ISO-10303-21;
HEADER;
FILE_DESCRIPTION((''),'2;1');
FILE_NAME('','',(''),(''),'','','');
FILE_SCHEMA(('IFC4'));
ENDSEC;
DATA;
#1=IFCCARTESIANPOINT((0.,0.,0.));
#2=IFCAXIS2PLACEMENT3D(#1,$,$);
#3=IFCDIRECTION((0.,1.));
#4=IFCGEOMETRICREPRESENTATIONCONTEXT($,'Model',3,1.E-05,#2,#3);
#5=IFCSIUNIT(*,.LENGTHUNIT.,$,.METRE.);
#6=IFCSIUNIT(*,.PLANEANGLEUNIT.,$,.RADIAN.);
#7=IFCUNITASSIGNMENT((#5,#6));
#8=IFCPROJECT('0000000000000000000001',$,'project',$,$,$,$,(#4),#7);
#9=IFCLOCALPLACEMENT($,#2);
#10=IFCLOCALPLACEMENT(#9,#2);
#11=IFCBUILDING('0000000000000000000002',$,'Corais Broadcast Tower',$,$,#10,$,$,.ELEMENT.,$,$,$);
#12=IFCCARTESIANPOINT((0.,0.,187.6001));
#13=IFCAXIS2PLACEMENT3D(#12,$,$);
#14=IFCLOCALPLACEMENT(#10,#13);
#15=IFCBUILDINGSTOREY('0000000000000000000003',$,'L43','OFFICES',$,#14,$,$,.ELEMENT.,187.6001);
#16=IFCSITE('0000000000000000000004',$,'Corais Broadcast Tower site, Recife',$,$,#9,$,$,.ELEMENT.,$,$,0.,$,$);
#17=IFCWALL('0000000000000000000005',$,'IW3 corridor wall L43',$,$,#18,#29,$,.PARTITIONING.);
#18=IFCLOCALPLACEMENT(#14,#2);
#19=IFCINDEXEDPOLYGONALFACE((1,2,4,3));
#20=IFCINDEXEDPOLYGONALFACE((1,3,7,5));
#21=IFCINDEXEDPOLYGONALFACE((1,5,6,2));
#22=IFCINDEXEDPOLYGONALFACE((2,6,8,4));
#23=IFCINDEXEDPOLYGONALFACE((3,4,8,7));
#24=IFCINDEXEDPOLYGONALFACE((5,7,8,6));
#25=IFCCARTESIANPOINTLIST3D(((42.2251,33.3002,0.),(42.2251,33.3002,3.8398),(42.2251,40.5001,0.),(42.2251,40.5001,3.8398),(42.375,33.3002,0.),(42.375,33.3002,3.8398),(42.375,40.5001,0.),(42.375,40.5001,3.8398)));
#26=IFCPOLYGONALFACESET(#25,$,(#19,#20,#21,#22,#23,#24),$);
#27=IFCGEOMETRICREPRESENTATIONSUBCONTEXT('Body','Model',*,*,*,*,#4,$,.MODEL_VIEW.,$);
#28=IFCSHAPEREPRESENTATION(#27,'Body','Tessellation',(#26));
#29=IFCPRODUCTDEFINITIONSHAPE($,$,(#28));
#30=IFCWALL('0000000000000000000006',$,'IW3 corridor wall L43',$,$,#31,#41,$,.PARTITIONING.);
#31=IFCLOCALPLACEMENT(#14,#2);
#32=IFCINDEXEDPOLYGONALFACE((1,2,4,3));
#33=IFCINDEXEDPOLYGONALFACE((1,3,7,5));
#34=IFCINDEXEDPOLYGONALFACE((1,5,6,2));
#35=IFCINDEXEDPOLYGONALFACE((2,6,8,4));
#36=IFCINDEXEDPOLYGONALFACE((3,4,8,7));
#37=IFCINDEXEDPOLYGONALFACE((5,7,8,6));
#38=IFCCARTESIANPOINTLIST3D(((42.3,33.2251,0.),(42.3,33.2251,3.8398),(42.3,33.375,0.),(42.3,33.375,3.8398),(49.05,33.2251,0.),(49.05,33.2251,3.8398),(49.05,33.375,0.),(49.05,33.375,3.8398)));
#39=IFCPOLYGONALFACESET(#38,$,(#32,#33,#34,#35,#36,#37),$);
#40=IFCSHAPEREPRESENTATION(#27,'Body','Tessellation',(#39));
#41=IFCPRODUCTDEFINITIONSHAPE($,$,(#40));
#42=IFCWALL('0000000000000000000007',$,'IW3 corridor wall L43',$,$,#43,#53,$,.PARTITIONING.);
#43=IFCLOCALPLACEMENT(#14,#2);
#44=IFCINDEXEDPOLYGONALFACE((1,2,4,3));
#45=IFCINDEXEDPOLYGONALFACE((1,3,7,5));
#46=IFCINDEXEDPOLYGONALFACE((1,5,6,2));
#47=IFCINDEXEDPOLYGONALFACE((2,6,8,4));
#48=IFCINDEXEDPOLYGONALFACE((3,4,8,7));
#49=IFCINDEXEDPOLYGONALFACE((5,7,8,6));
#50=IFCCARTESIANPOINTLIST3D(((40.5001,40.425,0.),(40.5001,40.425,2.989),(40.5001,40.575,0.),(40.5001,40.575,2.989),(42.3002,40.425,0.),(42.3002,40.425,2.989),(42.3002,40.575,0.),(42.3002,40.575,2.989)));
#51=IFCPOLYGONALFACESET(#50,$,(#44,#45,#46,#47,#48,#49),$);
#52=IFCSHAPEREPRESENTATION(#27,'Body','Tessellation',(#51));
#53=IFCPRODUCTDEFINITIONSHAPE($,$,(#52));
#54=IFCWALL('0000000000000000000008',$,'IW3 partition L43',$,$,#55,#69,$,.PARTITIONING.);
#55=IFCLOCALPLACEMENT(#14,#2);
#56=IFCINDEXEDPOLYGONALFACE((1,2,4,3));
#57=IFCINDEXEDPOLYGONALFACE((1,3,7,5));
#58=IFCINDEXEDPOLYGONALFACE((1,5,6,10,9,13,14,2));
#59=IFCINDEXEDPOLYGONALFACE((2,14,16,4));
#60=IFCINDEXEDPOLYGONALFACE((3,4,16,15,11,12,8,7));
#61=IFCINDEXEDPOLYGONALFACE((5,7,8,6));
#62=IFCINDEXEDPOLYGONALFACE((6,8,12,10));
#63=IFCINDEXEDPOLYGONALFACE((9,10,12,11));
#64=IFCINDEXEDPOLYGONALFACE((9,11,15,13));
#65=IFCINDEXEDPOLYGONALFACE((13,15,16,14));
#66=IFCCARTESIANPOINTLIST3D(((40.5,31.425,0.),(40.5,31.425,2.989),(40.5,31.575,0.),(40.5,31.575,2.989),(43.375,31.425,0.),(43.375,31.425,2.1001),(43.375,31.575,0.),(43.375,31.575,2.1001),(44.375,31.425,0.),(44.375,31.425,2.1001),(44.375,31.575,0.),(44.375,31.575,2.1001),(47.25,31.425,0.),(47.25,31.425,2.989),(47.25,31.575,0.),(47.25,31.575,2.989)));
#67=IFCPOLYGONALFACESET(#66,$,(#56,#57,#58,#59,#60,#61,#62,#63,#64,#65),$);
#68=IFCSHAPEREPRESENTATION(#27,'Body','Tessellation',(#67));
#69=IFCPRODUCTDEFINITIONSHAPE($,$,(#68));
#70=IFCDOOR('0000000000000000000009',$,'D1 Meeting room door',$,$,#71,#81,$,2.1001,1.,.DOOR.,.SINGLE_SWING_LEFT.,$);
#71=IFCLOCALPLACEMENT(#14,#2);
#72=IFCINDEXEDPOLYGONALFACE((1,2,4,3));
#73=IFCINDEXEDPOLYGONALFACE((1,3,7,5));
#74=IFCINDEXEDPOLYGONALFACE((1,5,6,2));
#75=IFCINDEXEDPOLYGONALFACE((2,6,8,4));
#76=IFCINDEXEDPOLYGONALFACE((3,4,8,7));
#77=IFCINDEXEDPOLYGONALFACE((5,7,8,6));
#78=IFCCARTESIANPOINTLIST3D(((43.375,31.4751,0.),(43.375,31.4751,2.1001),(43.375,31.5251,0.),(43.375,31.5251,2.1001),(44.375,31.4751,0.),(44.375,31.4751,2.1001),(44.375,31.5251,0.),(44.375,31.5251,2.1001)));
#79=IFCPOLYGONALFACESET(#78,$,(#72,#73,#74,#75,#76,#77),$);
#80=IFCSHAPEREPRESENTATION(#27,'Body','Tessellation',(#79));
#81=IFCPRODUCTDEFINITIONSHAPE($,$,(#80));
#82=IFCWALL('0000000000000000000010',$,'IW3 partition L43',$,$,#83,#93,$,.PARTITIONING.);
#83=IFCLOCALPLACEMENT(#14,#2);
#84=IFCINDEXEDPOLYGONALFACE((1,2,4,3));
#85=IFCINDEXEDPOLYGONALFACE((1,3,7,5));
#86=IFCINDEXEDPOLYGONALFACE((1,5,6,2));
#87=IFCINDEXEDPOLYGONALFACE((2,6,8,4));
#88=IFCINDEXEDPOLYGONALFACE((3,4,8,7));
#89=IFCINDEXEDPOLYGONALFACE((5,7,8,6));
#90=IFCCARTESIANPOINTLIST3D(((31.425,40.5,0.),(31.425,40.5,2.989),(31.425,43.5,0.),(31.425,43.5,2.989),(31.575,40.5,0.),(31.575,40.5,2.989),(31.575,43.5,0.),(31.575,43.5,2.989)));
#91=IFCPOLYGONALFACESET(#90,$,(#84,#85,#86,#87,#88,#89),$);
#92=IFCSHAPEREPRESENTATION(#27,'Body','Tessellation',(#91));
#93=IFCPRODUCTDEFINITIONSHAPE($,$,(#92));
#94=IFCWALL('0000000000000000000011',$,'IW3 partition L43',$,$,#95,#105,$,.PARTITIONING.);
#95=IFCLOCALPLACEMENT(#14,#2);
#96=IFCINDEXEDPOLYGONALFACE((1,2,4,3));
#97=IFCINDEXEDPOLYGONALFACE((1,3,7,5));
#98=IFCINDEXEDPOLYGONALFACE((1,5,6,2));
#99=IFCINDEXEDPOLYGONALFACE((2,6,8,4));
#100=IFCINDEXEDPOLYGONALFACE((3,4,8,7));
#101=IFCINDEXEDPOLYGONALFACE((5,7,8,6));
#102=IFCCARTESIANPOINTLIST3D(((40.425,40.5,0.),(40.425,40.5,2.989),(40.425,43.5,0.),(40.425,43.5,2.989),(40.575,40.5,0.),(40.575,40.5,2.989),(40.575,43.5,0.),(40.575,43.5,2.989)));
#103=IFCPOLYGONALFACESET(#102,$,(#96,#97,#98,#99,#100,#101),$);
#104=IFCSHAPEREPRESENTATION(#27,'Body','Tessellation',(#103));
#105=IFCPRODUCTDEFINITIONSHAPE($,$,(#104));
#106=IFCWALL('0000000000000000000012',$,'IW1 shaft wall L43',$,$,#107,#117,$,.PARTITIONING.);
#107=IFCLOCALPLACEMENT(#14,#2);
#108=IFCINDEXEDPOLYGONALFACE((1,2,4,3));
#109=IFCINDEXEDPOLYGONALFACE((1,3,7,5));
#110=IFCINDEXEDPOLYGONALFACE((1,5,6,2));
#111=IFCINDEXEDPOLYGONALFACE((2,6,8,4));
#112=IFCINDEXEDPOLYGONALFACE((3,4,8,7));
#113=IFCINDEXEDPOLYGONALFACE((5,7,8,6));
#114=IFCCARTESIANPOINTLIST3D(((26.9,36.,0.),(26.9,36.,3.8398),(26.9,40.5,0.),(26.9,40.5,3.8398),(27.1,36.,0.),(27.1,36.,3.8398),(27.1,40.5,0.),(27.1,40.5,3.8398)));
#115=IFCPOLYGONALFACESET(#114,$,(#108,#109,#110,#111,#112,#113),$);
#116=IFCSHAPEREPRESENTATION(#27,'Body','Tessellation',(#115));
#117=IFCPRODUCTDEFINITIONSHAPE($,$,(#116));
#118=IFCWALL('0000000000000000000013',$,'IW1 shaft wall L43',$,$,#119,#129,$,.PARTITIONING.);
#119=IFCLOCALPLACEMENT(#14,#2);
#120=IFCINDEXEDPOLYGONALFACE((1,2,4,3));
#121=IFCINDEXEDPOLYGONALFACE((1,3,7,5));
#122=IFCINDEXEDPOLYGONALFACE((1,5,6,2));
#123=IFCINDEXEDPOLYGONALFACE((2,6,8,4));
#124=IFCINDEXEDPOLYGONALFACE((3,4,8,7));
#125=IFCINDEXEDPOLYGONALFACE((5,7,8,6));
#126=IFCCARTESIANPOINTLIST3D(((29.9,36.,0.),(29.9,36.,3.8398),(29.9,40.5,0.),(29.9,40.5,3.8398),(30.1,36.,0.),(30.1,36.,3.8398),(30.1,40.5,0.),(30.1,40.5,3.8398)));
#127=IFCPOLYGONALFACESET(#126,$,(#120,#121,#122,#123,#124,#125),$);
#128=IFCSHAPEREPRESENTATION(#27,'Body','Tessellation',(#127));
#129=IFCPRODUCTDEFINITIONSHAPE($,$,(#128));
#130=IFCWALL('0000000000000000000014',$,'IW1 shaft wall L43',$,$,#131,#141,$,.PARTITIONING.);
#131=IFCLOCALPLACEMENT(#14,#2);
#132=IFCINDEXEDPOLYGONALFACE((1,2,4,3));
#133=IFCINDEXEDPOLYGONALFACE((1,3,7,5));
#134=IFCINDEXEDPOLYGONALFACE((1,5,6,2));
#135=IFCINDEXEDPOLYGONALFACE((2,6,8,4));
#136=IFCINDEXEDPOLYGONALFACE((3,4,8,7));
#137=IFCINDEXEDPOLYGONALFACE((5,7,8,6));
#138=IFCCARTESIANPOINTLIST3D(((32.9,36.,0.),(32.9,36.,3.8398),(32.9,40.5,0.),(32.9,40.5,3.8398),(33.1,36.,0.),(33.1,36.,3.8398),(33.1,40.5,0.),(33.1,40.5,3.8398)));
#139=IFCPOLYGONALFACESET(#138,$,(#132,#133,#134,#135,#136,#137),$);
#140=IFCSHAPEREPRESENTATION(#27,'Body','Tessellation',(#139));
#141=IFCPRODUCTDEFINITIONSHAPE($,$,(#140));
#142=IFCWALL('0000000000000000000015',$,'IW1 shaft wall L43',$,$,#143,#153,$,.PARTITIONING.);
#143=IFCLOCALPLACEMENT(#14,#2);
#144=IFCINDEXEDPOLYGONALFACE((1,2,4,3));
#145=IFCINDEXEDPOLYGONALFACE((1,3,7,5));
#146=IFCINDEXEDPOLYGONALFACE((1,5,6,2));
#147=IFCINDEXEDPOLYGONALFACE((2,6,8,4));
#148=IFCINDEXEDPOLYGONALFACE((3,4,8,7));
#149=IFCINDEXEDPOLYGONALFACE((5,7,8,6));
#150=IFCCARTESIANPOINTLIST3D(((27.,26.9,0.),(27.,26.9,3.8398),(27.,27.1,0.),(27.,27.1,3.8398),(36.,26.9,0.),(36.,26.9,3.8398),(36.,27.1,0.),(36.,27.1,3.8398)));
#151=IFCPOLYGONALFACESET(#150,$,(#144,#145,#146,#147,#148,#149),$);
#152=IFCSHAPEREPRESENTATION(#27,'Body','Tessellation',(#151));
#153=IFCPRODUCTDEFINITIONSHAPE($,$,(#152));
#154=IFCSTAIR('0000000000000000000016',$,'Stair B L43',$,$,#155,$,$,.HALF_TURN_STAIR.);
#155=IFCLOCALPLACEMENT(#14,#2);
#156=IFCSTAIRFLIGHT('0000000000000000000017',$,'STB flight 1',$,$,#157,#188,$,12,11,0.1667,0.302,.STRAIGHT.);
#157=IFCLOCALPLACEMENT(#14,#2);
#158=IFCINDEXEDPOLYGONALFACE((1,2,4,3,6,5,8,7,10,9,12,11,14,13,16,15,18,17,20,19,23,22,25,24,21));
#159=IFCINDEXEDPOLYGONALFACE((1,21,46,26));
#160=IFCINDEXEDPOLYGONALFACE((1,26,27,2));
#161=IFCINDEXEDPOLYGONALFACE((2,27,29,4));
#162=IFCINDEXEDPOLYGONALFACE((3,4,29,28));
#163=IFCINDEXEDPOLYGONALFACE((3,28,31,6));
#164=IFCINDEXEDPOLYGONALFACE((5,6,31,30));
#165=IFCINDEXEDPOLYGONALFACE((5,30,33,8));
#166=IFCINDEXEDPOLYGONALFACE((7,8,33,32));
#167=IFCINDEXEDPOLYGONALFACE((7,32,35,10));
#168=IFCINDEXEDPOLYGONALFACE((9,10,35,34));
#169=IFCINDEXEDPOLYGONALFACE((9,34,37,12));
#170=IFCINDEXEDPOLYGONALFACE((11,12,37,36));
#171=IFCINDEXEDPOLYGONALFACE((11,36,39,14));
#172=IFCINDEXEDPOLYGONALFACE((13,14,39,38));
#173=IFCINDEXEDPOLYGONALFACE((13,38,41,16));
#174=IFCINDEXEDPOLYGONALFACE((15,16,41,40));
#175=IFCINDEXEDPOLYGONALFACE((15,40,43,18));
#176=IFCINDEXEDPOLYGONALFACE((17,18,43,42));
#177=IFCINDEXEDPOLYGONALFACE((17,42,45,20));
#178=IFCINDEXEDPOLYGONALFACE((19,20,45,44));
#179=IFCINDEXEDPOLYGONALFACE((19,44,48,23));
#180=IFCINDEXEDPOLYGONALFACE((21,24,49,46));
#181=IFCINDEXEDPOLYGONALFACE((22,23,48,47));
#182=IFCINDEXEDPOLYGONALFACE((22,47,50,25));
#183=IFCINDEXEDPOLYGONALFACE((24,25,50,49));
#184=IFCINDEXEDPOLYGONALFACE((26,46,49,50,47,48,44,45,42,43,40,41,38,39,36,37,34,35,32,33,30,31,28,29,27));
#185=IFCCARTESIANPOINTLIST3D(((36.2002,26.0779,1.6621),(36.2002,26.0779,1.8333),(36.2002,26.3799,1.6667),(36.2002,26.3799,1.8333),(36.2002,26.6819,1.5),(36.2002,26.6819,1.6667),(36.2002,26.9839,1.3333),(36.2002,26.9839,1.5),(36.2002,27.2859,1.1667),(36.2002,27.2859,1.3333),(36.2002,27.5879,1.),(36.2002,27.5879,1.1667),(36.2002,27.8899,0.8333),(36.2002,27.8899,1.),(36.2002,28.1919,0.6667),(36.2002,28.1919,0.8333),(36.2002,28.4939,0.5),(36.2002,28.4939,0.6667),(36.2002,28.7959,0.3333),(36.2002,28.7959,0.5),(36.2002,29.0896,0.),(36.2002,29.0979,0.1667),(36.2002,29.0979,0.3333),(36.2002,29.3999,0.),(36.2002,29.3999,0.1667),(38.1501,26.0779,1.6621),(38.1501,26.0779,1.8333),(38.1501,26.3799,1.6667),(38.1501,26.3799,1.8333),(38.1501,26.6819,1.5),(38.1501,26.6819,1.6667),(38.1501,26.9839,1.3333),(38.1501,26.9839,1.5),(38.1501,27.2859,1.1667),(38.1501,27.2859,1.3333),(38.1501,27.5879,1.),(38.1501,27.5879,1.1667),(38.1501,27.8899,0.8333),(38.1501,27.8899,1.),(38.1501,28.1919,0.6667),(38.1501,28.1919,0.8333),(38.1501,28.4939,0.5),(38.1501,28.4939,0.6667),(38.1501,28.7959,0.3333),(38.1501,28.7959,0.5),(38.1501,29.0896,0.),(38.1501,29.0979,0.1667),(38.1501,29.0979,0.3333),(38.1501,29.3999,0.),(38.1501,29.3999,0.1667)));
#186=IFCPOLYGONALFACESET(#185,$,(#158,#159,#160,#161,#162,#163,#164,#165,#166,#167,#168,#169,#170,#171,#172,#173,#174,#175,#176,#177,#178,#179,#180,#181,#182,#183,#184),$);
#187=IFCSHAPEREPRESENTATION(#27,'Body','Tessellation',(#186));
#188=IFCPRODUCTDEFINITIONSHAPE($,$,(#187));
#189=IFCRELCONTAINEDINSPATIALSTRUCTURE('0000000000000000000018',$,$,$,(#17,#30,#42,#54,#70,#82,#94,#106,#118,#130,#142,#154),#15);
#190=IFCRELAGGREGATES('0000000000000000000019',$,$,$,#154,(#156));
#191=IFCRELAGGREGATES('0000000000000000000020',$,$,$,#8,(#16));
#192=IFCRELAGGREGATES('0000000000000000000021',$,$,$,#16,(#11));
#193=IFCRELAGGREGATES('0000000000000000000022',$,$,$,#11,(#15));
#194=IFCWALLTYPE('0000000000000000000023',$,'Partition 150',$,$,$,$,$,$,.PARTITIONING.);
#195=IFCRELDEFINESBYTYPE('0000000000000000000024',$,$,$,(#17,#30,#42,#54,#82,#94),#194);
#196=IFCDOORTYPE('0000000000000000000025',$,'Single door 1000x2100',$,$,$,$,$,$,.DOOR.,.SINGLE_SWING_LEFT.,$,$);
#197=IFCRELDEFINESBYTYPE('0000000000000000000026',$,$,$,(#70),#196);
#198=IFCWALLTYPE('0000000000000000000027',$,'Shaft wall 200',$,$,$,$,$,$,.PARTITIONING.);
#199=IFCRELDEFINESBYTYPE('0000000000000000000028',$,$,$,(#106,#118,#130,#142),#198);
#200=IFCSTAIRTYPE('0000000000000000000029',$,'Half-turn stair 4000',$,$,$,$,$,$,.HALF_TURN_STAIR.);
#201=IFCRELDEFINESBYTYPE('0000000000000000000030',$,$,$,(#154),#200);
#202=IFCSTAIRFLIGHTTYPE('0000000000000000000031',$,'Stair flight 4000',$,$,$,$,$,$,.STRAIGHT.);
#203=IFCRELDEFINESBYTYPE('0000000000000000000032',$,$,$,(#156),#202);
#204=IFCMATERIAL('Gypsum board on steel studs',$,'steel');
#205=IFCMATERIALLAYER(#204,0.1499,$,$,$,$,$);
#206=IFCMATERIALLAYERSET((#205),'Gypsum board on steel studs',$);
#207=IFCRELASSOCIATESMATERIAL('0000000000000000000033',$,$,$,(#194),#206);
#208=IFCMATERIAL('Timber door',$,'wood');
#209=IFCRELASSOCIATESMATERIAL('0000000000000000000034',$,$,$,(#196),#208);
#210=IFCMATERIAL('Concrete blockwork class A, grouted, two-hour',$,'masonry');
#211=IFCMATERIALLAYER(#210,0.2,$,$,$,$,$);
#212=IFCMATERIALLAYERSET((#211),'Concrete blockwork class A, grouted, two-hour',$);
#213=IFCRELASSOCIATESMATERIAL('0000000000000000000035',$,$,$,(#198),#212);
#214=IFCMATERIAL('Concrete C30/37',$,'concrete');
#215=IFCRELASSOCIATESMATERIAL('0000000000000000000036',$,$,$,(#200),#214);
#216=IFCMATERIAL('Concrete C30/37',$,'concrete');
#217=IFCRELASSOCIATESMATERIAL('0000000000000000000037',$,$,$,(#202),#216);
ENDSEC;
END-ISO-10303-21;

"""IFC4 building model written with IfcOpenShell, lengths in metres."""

from ifc_helpers import new_model, si_unit, direction, frame, frame_2d, origin, place, context, subcontext, project, spatial, polyline, rectangle, outline, extrude, material, layer, layer_set, type_object, element, fill, aggregate, save


model = new_model("IFC4")

# Units and contexts
model_context = context("Model", 3, precision=1e-05, world=origin(), true_north=direction((0.0, 1.0)))
body_context = subcontext(model_context, "Body", "Model", "MODEL_VIEW")
ifc_project = project(units=[si_unit("LENGTHUNIT", "METRE"), si_unit("PLANEANGLEUNIT", "RADIAN")], contexts=[model_context])

# Site, building, storey
site_placement = place(None, origin())
site = spatial("IfcSite", under=ifc_project, at=site_placement, Name="Corais Broadcast Tower site, Recife", CompositionType="ELEMENT", RefElevation=0.0)
building_placement = place(site_placement, origin())
building = spatial("IfcBuilding", under=site, at=building_placement, Name="Corais Broadcast Tower", CompositionType="ELEMENT")
storey_placement = place(building_placement, frame((0.0, 0.0, 187.6001)))
storey = spatial("IfcBuildingStorey", under=building, at=storey_placement, Name="L43", Description="OFFICES", CompositionType="ELEMENT", Elevation=187.6001)

# Walls
ifc_material_1 = material(Name="Gypsum board on steel studs", Category="steel")
ifc_layer_1 = layer(ifc_material_1, 0.1499)
ifc_layer_set_1 = layer_set([ifc_layer_1], Name="Gypsum board on steel studs")
wall_type_1 = type_object("IfcWallType", Name="Partition 150", PredefinedType="PARTITIONING", material=ifc_layer_set_1)
wall_1_placement = place(storey_placement, frame((42.3, 33.3, 0.0), z_axis=(0.0, 0.0, 1.0), x_axis=(0.0, 1.0, 0.0)))
element("IfcWall", 1, at=wall_1_placement, inside=storey, type_object=wall_type_1, Name="IW3 corridor wall L43", PredefinedType="PARTITIONING", context=body_context, shape_type="SweptSolid", body=[
    extrude(rectangle(XDim=7.2, YDim=0.1499, at=frame_2d((3.6001, 0.0))), origin(), (0.0, 0.0, 1.0), 3.8398),
])
wall_2_placement = place(storey_placement, frame((49.05, 33.3, 0.0), z_axis=(0.0, 0.0, 1.0), x_axis=(-1.0, 0.0, 0.0)))
element("IfcWall", 2, at=wall_2_placement, inside=storey, type_object=wall_type_1, Name="IW3 corridor wall L43", PredefinedType="PARTITIONING", context=body_context, shape_type="SweptSolid", body=[
    extrude(rectangle(XDim=6.75, YDim=0.1499, at=frame_2d((3.375, 0.0))), origin(), (0.0, 0.0, 1.0), 3.8398),
])
wall_3_placement = place(storey_placement, frame((42.3, 40.5, 0.0), z_axis=(0.0, 0.0, 1.0), x_axis=(-1.0, 0.0, 0.0)))
element("IfcWall", 3, at=wall_3_placement, inside=storey, type_object=wall_type_1, Name="IW3 corridor wall L43", PredefinedType="PARTITIONING", context=body_context, shape_type="SweptSolid", body=[
    extrude(rectangle(XDim=1.8, YDim=0.1499, at=frame_2d((0.8999, 0.0))), origin(), (0.0, 0.0, 1.0), 2.989),
])

# Wall, opening, door
wall_4_placement = place(storey_placement, frame((47.25, 31.5, 0.0), z_axis=(0.0, 0.0, 1.0), x_axis=(-1.0, 0.0, 0.0)))
wall_4 = element("IfcWall", 4, at=wall_4_placement, inside=storey, type_object=wall_type_1, Name="IW3 partition L43", PredefinedType="PARTITIONING", context=body_context, shape_type="SweptSolid", body=[
    extrude(rectangle(XDim=6.75, YDim=0.1499, at=frame_2d((3.375, 0.0))), origin(), (0.0, 0.0, 1.0), 2.989),
])
opening_placement = place(wall_4_placement, frame((2.875, 0.0, 0.0)))
opening = element("IfcOpeningElement", 5, at=opening_placement, cuts=wall_4, PredefinedType="OPENING", context=body_context, shape_type="SweptSolid", body=[
    extrude(rectangle(XDim=1.0, YDim=2.1001, at=frame_2d((0.5, 1.05))), frame((0.0, 0.085, 0.0), z_axis=(0.0, -1.0, 0.0), x_axis=(1.0, 0.0, 0.0)), (0.0, 0.0, 1.0), 0.1699),
])
ifc_material_2 = material(Name="Timber door", Category="wood")
door_type = type_object("IfcDoorType", Name="Single door 1000x2100", OperationType="SINGLE_SWING_LEFT", PredefinedType="DOOR", material=ifc_material_2)
door_placement = place(opening_placement, origin())
door = element("IfcDoor", 6, at=door_placement, inside=storey, type_object=door_type, Name="D1 Meeting room door", OperationType="SINGLE_SWING_LEFT", OverallHeight=2.1001, OverallWidth=1.0, PredefinedType="DOOR", context=body_context, shape_type="SweptSolid", body=[
    extrude(rectangle(XDim=1.0, YDim=2.1001, at=frame_2d((0.5, 1.05))), frame((0.0, 0.0249, 0.0), z_axis=(0.0, -1.0, 0.0), x_axis=(1.0, 0.0, 0.0)), (0.0, 0.0, 1.0), 0.05),
])
fill(opening, door)

# Walls
for number, where, z_axis, x_axis, name in (
    (7, (31.5, 40.5, 0.0), (0.0, 0.0, 1.0), (0.0, 1.0, 0.0), "IW3 partition L43"),
    (8, (40.5, 40.5, 0.0), (0.0, 0.0, 1.0), (0.0, 1.0, 0.0), "IW3 partition L43"),
):
    element("IfcWall", number, at=place(storey_placement, frame(where, z_axis=z_axis, x_axis=x_axis)), inside=storey, type_object=wall_type_1, Name=name, PredefinedType="PARTITIONING", context=body_context, shape_type="SweptSolid", body=[
        extrude(rectangle(XDim=3.0, YDim=0.1499, at=frame_2d((1.5, 0.0))), origin(), (0.0, 0.0, 1.0), 2.989),
    ])
ifc_material_3 = material(Name="Concrete blockwork class A, grouted, two-hour", Category="masonry")
ifc_layer_2 = layer(ifc_material_3, 0.2)
ifc_layer_set_2 = layer_set([ifc_layer_2], Name="Concrete blockwork class A, grouted, two-hour")
wall_type_2 = type_object("IfcWallType", Name="Shaft wall 200", PredefinedType="PARTITIONING", material=ifc_layer_set_2)
for number, where, z_axis, x_axis, name in (
    (9, (27.0, 36.0, 0.0), (0.0, 0.0, 1.0), (0.0, 1.0, 0.0), "IW1 shaft wall L43"),
    (10, (30.0, 36.0, 0.0), (0.0, 0.0, 1.0), (0.0, 1.0, 0.0), "IW1 shaft wall L43"),
    (11, (33.0, 36.0, 0.0), (0.0, 0.0, 1.0), (0.0, 1.0, 0.0), "IW1 shaft wall L43"),
):
    element("IfcWall", number, at=place(storey_placement, frame(where, z_axis=z_axis, x_axis=x_axis)), inside=storey, type_object=wall_type_2, Name=name, PredefinedType="PARTITIONING", context=body_context, shape_type="SweptSolid", body=[
        extrude(rectangle(XDim=4.5, YDim=0.2, at=frame_2d((2.25, 0.0))), origin(), (0.0, 0.0, 1.0), 3.8398),
    ])
wall_5_placement = place(storey_placement, frame((27.0, 27.0, 0.0), z_axis=(0.0, 0.0, 1.0), x_axis=(1.0, 0.0, 0.0)))
element("IfcWall", 12, at=wall_5_placement, inside=storey, type_object=wall_type_2, Name="IW1 shaft wall L43", PredefinedType="PARTITIONING", context=body_context, shape_type="SweptSolid", body=[
    extrude(rectangle(XDim=9.0, YDim=0.2, at=frame_2d((4.5, 0.0))), origin(), (0.0, 0.0, 1.0), 3.8398),
])

# Stair, stair flight
ifc_material_4 = material(Name="Concrete C30/37", Category="concrete")
stair_type = type_object("IfcStairType", Name="Half-turn stair 4000", PredefinedType="HALF_TURN_STAIR", material=ifc_material_4)
stair_placement = place(storey_placement, origin())
stair = element("IfcStair", 13, at=stair_placement, inside=storey, type_object=stair_type, Name="Stair B L43", PredefinedType="HALF_TURN_STAIR")
ifc_material_5 = material(Name="Concrete C30/37", Category="concrete")
stair_flight_type = type_object("IfcStairFlightType", Name="Stair flight 4000", PredefinedType="STRAIGHT", material=ifc_material_5)
stair_flight_placement = place(storey_placement, frame((37.175, 29.3999, 0.0), z_axis=(0.0, 0.0, 1.0), x_axis=(0.0, -1.0, 0.0)))
stair_flight = element("IfcStairFlight", 14, at=stair_flight_placement, type_object=stair_flight_type, Name="STB flight 1", NumberOfRisers=12, NumberOfTreads=11, PredefinedType="STRAIGHT", RiserHeight=0.1667, TreadLength=0.302, context=body_context, shape_type="SweptSolid", body=[
    extrude(outline(polyline([(0.0, 0.0), (0.0, 0.1667), (0.302, 0.1667), (0.302, 0.3333), (0.604, 0.3333), (0.604, 0.5), (0.906, 0.5), (0.906, 0.6667), (1.208, 0.6667), (1.208, 0.8333), (1.51, 0.8333), (1.51, 1.0), (1.812, 1.0), (1.812, 1.1667), (2.114, 1.1667), (2.114, 1.3333), (2.416, 1.3333), (2.416, 1.5), (2.718, 1.5), (2.718, 1.6667), (3.02, 1.6667), (3.02, 1.8333), (3.322, 1.8333), (3.322, 2.0), (3.322, 1.6621), (0.3103, 0.0), (0.0, 0.0)])), frame((0.0, 0.9751, 0.0), z_axis=(0.0, -1.0, 0.0), x_axis=(1.0, 0.0, 0.0)), (0.0, 0.0, 1.0), 1.95),
])
aggregate(stair, [stair_flight])

save(model, "model.ifc")
